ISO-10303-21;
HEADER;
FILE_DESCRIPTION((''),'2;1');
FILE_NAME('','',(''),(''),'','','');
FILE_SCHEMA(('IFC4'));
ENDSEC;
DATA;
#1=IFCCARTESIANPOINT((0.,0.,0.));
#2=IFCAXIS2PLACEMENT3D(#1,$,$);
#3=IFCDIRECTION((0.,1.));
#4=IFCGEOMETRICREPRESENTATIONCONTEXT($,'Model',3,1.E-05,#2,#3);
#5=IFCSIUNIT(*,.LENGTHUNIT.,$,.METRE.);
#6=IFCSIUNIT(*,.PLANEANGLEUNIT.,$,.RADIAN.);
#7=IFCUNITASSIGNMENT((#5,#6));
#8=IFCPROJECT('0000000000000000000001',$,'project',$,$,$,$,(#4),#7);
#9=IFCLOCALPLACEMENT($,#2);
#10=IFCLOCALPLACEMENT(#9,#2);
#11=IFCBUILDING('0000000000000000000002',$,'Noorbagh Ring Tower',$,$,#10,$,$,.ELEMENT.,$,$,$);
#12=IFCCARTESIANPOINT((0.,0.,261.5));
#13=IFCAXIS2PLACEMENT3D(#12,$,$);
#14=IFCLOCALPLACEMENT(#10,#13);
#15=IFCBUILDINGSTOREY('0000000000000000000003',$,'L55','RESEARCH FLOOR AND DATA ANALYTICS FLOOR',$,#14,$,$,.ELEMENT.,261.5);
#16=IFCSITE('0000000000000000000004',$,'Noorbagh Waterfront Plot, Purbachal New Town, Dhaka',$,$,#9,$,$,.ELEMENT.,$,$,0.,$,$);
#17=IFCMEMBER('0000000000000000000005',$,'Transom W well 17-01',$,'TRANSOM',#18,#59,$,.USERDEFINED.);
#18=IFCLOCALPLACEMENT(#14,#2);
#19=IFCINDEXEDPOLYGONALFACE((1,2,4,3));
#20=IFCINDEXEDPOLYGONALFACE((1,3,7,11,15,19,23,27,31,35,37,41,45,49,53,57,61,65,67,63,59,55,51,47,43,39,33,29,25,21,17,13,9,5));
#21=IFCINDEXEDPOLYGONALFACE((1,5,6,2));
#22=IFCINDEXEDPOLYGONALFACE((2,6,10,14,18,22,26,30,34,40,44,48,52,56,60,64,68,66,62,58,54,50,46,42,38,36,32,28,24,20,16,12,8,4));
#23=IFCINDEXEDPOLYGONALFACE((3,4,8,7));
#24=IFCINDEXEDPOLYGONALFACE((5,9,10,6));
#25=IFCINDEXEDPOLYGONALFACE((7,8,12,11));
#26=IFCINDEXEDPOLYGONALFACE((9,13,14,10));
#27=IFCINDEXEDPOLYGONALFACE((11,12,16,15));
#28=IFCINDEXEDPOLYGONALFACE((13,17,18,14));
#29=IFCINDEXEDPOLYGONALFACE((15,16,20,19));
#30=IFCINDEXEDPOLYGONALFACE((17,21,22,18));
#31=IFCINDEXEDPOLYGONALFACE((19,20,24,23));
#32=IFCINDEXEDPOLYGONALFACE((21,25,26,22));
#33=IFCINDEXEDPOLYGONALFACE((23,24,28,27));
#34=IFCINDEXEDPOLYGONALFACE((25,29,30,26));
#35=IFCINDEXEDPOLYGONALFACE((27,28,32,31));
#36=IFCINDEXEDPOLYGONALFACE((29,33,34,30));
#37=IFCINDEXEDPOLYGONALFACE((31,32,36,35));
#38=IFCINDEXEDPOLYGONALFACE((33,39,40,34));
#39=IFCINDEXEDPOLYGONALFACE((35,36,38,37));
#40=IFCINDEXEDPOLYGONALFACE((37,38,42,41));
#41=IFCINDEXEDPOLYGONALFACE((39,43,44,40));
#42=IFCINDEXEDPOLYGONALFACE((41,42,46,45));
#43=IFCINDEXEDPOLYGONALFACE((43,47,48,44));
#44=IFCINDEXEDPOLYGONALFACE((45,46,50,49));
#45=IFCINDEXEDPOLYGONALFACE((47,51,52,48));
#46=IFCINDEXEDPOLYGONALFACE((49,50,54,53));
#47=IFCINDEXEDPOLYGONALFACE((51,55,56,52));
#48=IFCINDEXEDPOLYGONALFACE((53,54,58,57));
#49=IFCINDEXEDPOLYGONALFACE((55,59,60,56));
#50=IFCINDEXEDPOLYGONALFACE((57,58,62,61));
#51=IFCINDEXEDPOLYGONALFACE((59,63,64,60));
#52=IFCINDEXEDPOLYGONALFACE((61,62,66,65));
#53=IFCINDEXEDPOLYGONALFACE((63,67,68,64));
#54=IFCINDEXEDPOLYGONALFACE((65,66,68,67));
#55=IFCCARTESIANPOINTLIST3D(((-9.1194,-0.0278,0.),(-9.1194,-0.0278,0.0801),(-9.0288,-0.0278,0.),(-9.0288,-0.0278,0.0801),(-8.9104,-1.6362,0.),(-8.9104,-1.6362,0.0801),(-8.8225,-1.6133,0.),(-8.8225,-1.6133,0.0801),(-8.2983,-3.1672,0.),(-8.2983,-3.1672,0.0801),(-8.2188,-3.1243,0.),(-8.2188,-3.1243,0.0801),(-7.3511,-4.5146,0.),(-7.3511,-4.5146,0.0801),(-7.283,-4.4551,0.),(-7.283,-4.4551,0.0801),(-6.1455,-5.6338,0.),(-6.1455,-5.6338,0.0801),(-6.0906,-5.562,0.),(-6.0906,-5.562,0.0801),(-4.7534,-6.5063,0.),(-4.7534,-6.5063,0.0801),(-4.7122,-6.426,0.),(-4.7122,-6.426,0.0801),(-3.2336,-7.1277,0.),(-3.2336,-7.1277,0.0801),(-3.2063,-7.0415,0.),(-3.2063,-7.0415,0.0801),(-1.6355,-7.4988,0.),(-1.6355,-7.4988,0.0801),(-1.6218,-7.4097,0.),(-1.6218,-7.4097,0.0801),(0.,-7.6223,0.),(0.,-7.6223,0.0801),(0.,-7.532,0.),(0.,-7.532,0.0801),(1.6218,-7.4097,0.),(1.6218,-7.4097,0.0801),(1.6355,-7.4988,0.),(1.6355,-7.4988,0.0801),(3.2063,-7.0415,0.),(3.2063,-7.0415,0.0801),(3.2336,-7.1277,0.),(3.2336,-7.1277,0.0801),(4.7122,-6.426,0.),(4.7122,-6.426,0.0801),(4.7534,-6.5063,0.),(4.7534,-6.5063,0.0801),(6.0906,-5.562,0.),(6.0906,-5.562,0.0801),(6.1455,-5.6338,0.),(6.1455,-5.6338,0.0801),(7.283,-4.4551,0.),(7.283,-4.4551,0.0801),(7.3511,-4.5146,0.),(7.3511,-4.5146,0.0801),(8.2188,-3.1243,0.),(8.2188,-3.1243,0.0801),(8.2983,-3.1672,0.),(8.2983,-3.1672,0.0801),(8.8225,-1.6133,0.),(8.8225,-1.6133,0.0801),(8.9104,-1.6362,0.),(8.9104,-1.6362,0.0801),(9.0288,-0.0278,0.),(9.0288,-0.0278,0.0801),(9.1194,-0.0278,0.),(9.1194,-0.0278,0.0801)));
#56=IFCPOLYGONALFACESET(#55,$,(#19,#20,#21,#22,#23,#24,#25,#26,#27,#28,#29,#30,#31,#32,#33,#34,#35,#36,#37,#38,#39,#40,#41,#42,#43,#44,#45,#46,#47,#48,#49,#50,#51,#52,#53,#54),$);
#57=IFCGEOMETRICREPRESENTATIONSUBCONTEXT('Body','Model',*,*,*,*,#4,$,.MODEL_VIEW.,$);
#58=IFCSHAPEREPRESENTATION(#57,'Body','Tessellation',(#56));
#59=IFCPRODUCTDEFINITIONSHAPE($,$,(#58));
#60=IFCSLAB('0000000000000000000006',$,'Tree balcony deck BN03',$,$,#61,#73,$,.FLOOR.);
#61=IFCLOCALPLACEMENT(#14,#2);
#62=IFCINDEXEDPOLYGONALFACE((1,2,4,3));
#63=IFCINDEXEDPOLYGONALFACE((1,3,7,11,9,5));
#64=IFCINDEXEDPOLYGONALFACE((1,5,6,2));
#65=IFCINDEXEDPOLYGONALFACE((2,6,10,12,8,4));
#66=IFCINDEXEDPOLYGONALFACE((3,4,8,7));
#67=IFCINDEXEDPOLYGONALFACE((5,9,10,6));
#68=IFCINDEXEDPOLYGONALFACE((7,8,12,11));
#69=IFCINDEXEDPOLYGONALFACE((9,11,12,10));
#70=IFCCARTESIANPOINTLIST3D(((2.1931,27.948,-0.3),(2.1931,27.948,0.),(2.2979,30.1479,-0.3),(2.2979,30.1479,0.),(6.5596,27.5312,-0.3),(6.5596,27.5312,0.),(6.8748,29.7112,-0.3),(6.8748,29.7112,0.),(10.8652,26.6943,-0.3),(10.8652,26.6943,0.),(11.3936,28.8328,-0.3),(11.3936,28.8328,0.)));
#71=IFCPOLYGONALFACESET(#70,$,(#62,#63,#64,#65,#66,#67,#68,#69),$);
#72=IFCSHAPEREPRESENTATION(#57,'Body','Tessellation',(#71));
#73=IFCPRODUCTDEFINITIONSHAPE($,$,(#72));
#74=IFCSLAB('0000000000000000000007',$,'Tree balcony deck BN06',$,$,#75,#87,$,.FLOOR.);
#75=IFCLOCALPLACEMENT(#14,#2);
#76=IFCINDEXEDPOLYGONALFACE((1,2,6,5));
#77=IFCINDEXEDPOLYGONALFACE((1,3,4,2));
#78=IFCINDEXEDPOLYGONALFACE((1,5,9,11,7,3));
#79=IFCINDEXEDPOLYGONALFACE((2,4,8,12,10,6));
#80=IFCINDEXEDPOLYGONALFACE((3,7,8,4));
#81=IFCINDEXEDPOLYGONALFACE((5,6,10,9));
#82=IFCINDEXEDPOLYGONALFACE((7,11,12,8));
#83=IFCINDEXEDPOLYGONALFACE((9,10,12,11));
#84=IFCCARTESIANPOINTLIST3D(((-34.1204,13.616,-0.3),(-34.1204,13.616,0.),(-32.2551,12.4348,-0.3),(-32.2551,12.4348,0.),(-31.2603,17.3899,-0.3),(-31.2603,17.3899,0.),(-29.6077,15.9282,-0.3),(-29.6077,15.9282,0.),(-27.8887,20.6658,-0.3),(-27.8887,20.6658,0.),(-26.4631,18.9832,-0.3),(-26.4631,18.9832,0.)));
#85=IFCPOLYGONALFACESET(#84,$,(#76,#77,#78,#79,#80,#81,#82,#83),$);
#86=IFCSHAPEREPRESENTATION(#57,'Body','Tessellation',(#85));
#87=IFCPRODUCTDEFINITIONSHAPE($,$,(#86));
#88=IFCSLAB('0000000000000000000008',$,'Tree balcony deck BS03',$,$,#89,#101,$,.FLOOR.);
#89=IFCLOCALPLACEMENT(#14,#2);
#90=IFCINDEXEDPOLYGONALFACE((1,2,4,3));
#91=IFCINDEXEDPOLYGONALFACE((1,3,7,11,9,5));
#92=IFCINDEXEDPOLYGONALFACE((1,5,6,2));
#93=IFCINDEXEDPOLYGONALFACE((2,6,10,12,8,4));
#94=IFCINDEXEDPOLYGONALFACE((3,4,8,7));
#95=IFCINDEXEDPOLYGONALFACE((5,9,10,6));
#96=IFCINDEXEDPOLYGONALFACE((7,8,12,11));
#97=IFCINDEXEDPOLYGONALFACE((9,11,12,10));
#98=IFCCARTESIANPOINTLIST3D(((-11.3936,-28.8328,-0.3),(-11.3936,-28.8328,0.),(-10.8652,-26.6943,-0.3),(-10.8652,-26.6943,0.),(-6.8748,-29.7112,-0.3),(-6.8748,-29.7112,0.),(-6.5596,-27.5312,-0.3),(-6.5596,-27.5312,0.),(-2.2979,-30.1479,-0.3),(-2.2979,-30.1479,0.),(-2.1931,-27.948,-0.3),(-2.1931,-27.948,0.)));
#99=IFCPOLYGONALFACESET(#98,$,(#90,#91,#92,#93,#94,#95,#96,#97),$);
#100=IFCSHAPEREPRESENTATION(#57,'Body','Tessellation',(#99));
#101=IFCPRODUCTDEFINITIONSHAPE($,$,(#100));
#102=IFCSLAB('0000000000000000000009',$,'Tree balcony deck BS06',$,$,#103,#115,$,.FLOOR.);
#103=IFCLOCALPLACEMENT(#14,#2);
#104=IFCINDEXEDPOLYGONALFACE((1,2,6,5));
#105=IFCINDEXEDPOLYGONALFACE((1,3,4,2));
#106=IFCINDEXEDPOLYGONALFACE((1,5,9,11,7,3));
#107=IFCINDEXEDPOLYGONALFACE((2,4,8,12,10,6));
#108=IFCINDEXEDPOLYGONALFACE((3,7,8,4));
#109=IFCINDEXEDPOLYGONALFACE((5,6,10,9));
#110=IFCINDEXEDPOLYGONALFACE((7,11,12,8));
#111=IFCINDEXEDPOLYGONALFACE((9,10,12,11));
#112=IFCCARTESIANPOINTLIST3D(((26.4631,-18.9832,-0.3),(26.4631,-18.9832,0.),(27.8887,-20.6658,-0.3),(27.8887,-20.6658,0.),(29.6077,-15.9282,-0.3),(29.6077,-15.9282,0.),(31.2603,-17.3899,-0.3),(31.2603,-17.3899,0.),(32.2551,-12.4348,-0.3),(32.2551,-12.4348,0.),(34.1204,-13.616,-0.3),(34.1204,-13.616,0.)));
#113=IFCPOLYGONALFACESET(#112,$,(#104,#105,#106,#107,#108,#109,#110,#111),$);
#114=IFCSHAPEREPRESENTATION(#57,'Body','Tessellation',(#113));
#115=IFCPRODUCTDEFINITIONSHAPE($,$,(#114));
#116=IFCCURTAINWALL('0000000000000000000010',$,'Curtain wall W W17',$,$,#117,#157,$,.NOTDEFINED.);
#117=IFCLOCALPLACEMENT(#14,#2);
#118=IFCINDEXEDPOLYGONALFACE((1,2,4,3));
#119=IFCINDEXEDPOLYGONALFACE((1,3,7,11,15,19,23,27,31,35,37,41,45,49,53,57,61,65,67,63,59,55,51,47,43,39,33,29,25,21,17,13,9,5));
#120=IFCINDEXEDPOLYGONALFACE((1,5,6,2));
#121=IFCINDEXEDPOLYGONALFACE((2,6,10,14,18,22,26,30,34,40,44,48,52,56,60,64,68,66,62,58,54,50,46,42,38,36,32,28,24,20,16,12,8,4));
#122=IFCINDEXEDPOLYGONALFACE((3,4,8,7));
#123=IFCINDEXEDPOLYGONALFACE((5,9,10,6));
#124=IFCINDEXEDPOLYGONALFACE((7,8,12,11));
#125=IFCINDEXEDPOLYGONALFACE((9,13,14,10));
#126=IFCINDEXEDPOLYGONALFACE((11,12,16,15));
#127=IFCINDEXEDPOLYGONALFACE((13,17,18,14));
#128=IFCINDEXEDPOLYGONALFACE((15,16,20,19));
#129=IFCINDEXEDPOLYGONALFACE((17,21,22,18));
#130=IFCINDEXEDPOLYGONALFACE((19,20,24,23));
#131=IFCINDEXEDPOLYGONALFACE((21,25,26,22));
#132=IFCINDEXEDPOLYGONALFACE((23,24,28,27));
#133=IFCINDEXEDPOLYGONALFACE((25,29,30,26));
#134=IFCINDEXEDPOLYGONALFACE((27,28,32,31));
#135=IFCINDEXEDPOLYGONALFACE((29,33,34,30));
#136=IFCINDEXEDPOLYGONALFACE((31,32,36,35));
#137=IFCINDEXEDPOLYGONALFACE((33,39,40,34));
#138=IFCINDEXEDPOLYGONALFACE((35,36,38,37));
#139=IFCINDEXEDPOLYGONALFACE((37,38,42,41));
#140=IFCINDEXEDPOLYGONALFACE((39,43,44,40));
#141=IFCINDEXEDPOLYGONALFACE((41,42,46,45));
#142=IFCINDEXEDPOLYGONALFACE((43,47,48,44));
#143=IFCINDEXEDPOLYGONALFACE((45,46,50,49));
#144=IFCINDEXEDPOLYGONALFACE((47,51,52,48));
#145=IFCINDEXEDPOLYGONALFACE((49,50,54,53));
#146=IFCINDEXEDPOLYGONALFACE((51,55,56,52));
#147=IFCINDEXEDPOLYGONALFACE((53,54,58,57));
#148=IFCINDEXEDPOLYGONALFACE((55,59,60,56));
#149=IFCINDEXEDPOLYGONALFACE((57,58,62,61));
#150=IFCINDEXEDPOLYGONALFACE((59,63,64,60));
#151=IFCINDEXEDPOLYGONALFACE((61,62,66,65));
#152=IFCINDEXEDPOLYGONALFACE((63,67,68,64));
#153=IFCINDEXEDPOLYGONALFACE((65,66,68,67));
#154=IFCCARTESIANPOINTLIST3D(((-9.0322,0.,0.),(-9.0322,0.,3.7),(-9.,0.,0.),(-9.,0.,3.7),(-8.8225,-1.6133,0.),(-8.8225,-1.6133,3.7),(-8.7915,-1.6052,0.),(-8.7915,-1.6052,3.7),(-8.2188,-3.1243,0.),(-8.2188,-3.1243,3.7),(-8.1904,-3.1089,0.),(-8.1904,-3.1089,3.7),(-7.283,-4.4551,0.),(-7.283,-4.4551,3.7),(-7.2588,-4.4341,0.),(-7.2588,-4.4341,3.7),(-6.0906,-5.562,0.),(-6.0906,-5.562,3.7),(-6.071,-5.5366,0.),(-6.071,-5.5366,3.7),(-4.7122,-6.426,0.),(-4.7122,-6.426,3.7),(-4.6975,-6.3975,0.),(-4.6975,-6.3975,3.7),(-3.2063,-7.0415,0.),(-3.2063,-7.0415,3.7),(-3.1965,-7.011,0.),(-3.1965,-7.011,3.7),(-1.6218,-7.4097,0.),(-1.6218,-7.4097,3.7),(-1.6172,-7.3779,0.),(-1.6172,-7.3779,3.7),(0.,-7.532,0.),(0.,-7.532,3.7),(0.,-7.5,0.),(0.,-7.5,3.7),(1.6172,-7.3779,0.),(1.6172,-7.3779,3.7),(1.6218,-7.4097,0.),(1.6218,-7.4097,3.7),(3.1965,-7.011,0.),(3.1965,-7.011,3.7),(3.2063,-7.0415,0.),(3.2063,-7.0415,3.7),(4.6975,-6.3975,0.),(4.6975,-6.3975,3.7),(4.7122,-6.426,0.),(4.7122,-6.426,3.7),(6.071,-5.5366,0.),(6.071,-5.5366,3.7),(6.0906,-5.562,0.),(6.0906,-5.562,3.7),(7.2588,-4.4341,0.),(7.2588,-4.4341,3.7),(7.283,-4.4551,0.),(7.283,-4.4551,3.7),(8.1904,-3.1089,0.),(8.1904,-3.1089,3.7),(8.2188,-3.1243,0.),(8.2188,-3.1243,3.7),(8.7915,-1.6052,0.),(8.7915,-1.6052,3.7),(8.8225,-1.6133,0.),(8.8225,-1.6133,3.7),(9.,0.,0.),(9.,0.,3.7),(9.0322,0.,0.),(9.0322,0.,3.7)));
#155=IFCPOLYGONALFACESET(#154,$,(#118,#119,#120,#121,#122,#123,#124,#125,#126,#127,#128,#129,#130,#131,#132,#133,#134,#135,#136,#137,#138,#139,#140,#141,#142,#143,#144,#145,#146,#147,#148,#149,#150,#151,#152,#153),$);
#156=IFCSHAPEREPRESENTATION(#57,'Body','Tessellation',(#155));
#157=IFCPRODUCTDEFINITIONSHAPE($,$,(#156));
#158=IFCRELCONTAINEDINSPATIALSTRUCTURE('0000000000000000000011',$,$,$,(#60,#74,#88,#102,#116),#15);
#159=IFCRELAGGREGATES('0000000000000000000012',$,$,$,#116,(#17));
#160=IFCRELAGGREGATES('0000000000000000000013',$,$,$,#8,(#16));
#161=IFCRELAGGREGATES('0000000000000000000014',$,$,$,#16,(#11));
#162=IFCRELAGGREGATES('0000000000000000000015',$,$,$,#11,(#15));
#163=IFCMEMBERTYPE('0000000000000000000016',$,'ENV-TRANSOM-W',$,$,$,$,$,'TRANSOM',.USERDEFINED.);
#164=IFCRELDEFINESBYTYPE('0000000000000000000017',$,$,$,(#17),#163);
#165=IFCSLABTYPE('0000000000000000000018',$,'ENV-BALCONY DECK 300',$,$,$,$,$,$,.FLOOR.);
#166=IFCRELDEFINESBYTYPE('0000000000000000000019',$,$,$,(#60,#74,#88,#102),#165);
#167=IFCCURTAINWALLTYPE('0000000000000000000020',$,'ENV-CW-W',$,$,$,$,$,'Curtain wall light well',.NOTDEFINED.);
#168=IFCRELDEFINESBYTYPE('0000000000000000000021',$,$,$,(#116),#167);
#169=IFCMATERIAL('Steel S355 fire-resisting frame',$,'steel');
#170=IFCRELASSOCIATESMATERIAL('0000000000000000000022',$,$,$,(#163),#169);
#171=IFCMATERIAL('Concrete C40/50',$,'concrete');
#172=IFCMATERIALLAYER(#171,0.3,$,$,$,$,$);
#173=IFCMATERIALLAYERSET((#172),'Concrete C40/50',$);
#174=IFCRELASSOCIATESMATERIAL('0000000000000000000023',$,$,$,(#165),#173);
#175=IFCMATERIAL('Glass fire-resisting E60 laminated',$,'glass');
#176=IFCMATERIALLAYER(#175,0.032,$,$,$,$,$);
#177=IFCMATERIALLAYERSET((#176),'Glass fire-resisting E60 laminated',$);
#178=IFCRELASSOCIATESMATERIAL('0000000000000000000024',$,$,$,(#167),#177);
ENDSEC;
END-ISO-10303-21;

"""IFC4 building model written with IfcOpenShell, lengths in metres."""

from ifc_helpers import new_model, si_unit, direction, frame, origin, place, context, subcontext, project, spatial, polyline, outline, extrude, material, layer, layer_set, type_object, element, aggregate, save


model = new_model("IFC4")

# Units and contexts
model_context = context("Model", 3, precision=1e-05, world=origin(), true_north=direction((0.0, 1.0)))
body_context = subcontext(model_context, "Body", "Model", "MODEL_VIEW")
ifc_project = project(units=[si_unit("LENGTHUNIT", "METRE"), si_unit("PLANEANGLEUNIT", "RADIAN")], contexts=[model_context])

# Member
site_placement = place(None, origin())
building_placement = place(site_placement, origin())
storey_placement = place(building_placement, frame((0.0, 0.0, 261.5)))
ifc_material_1 = material(Name="Steel S355 fire-resisting frame", Category="steel")
member_type_1 = type_object("IfcMemberType", Name="ENV-TRANSOM-W", ElementType="TRANSOM", PredefinedType="USERDEFINED", material=ifc_material_1)
member_1_placement = place(storey_placement, origin())
member_1 = element("IfcMember", 1, at=member_1_placement, type_object=member_type_1, Name="Transom W well 17-01", ObjectType="TRANSOM", PredefinedType="USERDEFINED", context=body_context, shape_type="SweptSolid", body=[
    extrude(outline(polyline([(-9.1194, -0.0278), (-8.9104, -1.6362), (-8.2983, -3.1672), (-7.3511, -4.5146), (-6.1455, -5.6338), (-4.7534, -6.5063), (-3.2336, -7.1277), (-1.6355, -7.4988), (0.0, -7.6223), (1.6355, -7.4988), (3.2336, -7.1277), (4.7534, -6.5063), (6.1455, -5.6338), (7.3511, -4.5146), (8.2983, -3.1672), (8.9104, -1.6362), (9.1194, -0.0278), (9.0288, -0.0278), (8.8225, -1.6133), (8.2188, -3.1243), (7.283, -4.4551), (6.0906, -5.562), (4.7122, -6.426), (3.2063, -7.0415), (1.6218, -7.4097), (0.0, -7.532), (-1.6218, -7.4097), (-3.2063, -7.0415), (-4.7122, -6.426), (-6.0906, -5.562), (-7.283, -4.4551), (-8.2188, -3.1243), (-8.8225, -1.6133), (-9.0288, -0.0278), (-9.1194, -0.0278)])), origin(), (0.0, 0.0, 1.0), 0.0801),
])

# Site, building, storey
site = spatial("IfcSite", under=ifc_project, at=site_placement, Name="Noorbagh Waterfront Plot, Purbachal New Town, Dhaka", CompositionType="ELEMENT", RefElevation=0.0)
building = spatial("IfcBuilding", under=site, at=building_placement, Name="Noorbagh Ring Tower", CompositionType="ELEMENT")
storey = spatial("IfcBuildingStorey", under=building, at=storey_placement, Name="L55", Description="RESEARCH FLOOR AND DATA ANALYTICS FLOOR", CompositionType="ELEMENT", Elevation=261.5)

# Slabs
ifc_material_2 = material(Name="Concrete C40/50", Category="concrete")
ifc_layer_1 = layer(ifc_material_2, 0.3)
ifc_layer_set_1 = layer_set([ifc_layer_1], Name="Concrete C40/50")
slab_type = type_object("IfcSlabType", Name="ENV-BALCONY DECK 300", PredefinedType="FLOOR", material=ifc_layer_set_1)
slab_1_placement = place(storey_placement, frame((0.0, 0.0, -0.3)))
element("IfcSlab", 2, at=slab_1_placement, inside=storey, type_object=slab_type, Name="Tree balcony deck BN03", PredefinedType="FLOOR", context=body_context, shape_type="SweptSolid", body=[
    extrude(outline(polyline([(11.3936, 28.8328), (6.8748, 29.7112), (2.2979, 30.1479), (2.1931, 27.948), (6.5596, 27.5312), (10.8652, 26.6943), (11.3936, 28.8328)])), origin(), (0.0, 0.0, 1.0), 0.3),
])
slab_2_placement = place(storey_placement, frame((0.0, 0.0, -0.3)))
element("IfcSlab", 3, at=slab_2_placement, inside=storey, type_object=slab_type, Name="Tree balcony deck BN06", PredefinedType="FLOOR", context=body_context, shape_type="SweptSolid", body=[
    extrude(outline(polyline([(-27.8887, 20.6658), (-31.2603, 17.3899), (-34.1204, 13.616), (-32.2551, 12.4348), (-29.6077, 15.9282), (-26.4631, 18.9832), (-27.8887, 20.6658)])), origin(), (0.0, 0.0, 1.0), 0.3),
])
slab_3_placement = place(storey_placement, frame((0.0, 0.0, -0.3)))
element("IfcSlab", 4, at=slab_3_placement, inside=storey, type_object=slab_type, Name="Tree balcony deck BS03", PredefinedType="FLOOR", context=body_context, shape_type="SweptSolid", body=[
    extrude(outline(polyline([(-11.3936, -28.8328), (-6.8748, -29.7112), (-2.2979, -30.1479), (-2.1931, -27.948), (-6.5596, -27.5312), (-10.8652, -26.6943), (-11.3936, -28.8328)])), origin(), (0.0, 0.0, 1.0), 0.3),
])
slab_4_placement = place(storey_placement, frame((0.0, 0.0, -0.3)))
element("IfcSlab", 5, at=slab_4_placement, inside=storey, type_object=slab_type, Name="Tree balcony deck BS06", PredefinedType="FLOOR", context=body_context, shape_type="SweptSolid", body=[
    extrude(outline(polyline([(27.8887, -20.6658), (31.2603, -17.3899), (34.1204, -13.616), (32.2551, -12.4348), (29.6077, -15.9282), (26.4631, -18.9832), (27.8887, -20.6658)])), origin(), (0.0, 0.0, 1.0), 0.3),
])

# Curtain wall
ifc_material_3 = material(Name="Glass fire-resisting E60 laminated", Category="glass")
ifc_layer_2 = layer(ifc_material_3, 0.032)
ifc_layer_set_2 = layer_set([ifc_layer_2], Name="Glass fire-resisting E60 laminated")
curtain_wall_type_1 = type_object("IfcCurtainWallType", Name="ENV-CW-W", ElementType="Curtain wall light well", PredefinedType="NOTDEFINED", material=ifc_layer_set_2)
curtain_wall_1_placement = place(storey_placement, origin())
curtain_wall_1 = element("IfcCurtainWall", 6, at=curtain_wall_1_placement, inside=storey, type_object=curtain_wall_type_1, Name="Curtain wall W W17", PredefinedType="NOTDEFINED", context=body_context, shape_type="SweptSolid", body=[
    extrude(outline(polyline([(-9.0322, 0.0), (-8.8225, -1.6133), (-8.2188, -3.1243), (-7.283, -4.4551), (-6.0906, -5.562), (-4.7122, -6.426), (-3.2063, -7.0415), (-1.6218, -7.4097), (0.0, -7.532), (1.6218, -7.4097), (3.2063, -7.0415), (4.7122, -6.426), (6.0906, -5.562), (7.283, -4.4551), (8.2188, -3.1243), (8.8225, -1.6133), (9.0322, 0.0), (9.0, 0.0), (8.7915, -1.6052), (8.1904, -3.1089), (7.2588, -4.4341), (6.071, -5.5366), (4.6975, -6.3975), (3.1965, -7.011), (1.6172, -7.3779), (0.0, -7.5), (-1.6172, -7.3779), (-3.1965, -7.011), (-4.6975, -6.3975), (-6.071, -5.5366), (-7.2588, -4.4341), (-8.1904, -3.1089), (-8.7915, -1.6052), (-9.0, 0.0), (-9.0322, 0.0)])), origin(), (0.0, 0.0, 1.0), 3.7),
])
aggregate(curtain_wall_1, [member_1])

save(model, "model.ifc")
